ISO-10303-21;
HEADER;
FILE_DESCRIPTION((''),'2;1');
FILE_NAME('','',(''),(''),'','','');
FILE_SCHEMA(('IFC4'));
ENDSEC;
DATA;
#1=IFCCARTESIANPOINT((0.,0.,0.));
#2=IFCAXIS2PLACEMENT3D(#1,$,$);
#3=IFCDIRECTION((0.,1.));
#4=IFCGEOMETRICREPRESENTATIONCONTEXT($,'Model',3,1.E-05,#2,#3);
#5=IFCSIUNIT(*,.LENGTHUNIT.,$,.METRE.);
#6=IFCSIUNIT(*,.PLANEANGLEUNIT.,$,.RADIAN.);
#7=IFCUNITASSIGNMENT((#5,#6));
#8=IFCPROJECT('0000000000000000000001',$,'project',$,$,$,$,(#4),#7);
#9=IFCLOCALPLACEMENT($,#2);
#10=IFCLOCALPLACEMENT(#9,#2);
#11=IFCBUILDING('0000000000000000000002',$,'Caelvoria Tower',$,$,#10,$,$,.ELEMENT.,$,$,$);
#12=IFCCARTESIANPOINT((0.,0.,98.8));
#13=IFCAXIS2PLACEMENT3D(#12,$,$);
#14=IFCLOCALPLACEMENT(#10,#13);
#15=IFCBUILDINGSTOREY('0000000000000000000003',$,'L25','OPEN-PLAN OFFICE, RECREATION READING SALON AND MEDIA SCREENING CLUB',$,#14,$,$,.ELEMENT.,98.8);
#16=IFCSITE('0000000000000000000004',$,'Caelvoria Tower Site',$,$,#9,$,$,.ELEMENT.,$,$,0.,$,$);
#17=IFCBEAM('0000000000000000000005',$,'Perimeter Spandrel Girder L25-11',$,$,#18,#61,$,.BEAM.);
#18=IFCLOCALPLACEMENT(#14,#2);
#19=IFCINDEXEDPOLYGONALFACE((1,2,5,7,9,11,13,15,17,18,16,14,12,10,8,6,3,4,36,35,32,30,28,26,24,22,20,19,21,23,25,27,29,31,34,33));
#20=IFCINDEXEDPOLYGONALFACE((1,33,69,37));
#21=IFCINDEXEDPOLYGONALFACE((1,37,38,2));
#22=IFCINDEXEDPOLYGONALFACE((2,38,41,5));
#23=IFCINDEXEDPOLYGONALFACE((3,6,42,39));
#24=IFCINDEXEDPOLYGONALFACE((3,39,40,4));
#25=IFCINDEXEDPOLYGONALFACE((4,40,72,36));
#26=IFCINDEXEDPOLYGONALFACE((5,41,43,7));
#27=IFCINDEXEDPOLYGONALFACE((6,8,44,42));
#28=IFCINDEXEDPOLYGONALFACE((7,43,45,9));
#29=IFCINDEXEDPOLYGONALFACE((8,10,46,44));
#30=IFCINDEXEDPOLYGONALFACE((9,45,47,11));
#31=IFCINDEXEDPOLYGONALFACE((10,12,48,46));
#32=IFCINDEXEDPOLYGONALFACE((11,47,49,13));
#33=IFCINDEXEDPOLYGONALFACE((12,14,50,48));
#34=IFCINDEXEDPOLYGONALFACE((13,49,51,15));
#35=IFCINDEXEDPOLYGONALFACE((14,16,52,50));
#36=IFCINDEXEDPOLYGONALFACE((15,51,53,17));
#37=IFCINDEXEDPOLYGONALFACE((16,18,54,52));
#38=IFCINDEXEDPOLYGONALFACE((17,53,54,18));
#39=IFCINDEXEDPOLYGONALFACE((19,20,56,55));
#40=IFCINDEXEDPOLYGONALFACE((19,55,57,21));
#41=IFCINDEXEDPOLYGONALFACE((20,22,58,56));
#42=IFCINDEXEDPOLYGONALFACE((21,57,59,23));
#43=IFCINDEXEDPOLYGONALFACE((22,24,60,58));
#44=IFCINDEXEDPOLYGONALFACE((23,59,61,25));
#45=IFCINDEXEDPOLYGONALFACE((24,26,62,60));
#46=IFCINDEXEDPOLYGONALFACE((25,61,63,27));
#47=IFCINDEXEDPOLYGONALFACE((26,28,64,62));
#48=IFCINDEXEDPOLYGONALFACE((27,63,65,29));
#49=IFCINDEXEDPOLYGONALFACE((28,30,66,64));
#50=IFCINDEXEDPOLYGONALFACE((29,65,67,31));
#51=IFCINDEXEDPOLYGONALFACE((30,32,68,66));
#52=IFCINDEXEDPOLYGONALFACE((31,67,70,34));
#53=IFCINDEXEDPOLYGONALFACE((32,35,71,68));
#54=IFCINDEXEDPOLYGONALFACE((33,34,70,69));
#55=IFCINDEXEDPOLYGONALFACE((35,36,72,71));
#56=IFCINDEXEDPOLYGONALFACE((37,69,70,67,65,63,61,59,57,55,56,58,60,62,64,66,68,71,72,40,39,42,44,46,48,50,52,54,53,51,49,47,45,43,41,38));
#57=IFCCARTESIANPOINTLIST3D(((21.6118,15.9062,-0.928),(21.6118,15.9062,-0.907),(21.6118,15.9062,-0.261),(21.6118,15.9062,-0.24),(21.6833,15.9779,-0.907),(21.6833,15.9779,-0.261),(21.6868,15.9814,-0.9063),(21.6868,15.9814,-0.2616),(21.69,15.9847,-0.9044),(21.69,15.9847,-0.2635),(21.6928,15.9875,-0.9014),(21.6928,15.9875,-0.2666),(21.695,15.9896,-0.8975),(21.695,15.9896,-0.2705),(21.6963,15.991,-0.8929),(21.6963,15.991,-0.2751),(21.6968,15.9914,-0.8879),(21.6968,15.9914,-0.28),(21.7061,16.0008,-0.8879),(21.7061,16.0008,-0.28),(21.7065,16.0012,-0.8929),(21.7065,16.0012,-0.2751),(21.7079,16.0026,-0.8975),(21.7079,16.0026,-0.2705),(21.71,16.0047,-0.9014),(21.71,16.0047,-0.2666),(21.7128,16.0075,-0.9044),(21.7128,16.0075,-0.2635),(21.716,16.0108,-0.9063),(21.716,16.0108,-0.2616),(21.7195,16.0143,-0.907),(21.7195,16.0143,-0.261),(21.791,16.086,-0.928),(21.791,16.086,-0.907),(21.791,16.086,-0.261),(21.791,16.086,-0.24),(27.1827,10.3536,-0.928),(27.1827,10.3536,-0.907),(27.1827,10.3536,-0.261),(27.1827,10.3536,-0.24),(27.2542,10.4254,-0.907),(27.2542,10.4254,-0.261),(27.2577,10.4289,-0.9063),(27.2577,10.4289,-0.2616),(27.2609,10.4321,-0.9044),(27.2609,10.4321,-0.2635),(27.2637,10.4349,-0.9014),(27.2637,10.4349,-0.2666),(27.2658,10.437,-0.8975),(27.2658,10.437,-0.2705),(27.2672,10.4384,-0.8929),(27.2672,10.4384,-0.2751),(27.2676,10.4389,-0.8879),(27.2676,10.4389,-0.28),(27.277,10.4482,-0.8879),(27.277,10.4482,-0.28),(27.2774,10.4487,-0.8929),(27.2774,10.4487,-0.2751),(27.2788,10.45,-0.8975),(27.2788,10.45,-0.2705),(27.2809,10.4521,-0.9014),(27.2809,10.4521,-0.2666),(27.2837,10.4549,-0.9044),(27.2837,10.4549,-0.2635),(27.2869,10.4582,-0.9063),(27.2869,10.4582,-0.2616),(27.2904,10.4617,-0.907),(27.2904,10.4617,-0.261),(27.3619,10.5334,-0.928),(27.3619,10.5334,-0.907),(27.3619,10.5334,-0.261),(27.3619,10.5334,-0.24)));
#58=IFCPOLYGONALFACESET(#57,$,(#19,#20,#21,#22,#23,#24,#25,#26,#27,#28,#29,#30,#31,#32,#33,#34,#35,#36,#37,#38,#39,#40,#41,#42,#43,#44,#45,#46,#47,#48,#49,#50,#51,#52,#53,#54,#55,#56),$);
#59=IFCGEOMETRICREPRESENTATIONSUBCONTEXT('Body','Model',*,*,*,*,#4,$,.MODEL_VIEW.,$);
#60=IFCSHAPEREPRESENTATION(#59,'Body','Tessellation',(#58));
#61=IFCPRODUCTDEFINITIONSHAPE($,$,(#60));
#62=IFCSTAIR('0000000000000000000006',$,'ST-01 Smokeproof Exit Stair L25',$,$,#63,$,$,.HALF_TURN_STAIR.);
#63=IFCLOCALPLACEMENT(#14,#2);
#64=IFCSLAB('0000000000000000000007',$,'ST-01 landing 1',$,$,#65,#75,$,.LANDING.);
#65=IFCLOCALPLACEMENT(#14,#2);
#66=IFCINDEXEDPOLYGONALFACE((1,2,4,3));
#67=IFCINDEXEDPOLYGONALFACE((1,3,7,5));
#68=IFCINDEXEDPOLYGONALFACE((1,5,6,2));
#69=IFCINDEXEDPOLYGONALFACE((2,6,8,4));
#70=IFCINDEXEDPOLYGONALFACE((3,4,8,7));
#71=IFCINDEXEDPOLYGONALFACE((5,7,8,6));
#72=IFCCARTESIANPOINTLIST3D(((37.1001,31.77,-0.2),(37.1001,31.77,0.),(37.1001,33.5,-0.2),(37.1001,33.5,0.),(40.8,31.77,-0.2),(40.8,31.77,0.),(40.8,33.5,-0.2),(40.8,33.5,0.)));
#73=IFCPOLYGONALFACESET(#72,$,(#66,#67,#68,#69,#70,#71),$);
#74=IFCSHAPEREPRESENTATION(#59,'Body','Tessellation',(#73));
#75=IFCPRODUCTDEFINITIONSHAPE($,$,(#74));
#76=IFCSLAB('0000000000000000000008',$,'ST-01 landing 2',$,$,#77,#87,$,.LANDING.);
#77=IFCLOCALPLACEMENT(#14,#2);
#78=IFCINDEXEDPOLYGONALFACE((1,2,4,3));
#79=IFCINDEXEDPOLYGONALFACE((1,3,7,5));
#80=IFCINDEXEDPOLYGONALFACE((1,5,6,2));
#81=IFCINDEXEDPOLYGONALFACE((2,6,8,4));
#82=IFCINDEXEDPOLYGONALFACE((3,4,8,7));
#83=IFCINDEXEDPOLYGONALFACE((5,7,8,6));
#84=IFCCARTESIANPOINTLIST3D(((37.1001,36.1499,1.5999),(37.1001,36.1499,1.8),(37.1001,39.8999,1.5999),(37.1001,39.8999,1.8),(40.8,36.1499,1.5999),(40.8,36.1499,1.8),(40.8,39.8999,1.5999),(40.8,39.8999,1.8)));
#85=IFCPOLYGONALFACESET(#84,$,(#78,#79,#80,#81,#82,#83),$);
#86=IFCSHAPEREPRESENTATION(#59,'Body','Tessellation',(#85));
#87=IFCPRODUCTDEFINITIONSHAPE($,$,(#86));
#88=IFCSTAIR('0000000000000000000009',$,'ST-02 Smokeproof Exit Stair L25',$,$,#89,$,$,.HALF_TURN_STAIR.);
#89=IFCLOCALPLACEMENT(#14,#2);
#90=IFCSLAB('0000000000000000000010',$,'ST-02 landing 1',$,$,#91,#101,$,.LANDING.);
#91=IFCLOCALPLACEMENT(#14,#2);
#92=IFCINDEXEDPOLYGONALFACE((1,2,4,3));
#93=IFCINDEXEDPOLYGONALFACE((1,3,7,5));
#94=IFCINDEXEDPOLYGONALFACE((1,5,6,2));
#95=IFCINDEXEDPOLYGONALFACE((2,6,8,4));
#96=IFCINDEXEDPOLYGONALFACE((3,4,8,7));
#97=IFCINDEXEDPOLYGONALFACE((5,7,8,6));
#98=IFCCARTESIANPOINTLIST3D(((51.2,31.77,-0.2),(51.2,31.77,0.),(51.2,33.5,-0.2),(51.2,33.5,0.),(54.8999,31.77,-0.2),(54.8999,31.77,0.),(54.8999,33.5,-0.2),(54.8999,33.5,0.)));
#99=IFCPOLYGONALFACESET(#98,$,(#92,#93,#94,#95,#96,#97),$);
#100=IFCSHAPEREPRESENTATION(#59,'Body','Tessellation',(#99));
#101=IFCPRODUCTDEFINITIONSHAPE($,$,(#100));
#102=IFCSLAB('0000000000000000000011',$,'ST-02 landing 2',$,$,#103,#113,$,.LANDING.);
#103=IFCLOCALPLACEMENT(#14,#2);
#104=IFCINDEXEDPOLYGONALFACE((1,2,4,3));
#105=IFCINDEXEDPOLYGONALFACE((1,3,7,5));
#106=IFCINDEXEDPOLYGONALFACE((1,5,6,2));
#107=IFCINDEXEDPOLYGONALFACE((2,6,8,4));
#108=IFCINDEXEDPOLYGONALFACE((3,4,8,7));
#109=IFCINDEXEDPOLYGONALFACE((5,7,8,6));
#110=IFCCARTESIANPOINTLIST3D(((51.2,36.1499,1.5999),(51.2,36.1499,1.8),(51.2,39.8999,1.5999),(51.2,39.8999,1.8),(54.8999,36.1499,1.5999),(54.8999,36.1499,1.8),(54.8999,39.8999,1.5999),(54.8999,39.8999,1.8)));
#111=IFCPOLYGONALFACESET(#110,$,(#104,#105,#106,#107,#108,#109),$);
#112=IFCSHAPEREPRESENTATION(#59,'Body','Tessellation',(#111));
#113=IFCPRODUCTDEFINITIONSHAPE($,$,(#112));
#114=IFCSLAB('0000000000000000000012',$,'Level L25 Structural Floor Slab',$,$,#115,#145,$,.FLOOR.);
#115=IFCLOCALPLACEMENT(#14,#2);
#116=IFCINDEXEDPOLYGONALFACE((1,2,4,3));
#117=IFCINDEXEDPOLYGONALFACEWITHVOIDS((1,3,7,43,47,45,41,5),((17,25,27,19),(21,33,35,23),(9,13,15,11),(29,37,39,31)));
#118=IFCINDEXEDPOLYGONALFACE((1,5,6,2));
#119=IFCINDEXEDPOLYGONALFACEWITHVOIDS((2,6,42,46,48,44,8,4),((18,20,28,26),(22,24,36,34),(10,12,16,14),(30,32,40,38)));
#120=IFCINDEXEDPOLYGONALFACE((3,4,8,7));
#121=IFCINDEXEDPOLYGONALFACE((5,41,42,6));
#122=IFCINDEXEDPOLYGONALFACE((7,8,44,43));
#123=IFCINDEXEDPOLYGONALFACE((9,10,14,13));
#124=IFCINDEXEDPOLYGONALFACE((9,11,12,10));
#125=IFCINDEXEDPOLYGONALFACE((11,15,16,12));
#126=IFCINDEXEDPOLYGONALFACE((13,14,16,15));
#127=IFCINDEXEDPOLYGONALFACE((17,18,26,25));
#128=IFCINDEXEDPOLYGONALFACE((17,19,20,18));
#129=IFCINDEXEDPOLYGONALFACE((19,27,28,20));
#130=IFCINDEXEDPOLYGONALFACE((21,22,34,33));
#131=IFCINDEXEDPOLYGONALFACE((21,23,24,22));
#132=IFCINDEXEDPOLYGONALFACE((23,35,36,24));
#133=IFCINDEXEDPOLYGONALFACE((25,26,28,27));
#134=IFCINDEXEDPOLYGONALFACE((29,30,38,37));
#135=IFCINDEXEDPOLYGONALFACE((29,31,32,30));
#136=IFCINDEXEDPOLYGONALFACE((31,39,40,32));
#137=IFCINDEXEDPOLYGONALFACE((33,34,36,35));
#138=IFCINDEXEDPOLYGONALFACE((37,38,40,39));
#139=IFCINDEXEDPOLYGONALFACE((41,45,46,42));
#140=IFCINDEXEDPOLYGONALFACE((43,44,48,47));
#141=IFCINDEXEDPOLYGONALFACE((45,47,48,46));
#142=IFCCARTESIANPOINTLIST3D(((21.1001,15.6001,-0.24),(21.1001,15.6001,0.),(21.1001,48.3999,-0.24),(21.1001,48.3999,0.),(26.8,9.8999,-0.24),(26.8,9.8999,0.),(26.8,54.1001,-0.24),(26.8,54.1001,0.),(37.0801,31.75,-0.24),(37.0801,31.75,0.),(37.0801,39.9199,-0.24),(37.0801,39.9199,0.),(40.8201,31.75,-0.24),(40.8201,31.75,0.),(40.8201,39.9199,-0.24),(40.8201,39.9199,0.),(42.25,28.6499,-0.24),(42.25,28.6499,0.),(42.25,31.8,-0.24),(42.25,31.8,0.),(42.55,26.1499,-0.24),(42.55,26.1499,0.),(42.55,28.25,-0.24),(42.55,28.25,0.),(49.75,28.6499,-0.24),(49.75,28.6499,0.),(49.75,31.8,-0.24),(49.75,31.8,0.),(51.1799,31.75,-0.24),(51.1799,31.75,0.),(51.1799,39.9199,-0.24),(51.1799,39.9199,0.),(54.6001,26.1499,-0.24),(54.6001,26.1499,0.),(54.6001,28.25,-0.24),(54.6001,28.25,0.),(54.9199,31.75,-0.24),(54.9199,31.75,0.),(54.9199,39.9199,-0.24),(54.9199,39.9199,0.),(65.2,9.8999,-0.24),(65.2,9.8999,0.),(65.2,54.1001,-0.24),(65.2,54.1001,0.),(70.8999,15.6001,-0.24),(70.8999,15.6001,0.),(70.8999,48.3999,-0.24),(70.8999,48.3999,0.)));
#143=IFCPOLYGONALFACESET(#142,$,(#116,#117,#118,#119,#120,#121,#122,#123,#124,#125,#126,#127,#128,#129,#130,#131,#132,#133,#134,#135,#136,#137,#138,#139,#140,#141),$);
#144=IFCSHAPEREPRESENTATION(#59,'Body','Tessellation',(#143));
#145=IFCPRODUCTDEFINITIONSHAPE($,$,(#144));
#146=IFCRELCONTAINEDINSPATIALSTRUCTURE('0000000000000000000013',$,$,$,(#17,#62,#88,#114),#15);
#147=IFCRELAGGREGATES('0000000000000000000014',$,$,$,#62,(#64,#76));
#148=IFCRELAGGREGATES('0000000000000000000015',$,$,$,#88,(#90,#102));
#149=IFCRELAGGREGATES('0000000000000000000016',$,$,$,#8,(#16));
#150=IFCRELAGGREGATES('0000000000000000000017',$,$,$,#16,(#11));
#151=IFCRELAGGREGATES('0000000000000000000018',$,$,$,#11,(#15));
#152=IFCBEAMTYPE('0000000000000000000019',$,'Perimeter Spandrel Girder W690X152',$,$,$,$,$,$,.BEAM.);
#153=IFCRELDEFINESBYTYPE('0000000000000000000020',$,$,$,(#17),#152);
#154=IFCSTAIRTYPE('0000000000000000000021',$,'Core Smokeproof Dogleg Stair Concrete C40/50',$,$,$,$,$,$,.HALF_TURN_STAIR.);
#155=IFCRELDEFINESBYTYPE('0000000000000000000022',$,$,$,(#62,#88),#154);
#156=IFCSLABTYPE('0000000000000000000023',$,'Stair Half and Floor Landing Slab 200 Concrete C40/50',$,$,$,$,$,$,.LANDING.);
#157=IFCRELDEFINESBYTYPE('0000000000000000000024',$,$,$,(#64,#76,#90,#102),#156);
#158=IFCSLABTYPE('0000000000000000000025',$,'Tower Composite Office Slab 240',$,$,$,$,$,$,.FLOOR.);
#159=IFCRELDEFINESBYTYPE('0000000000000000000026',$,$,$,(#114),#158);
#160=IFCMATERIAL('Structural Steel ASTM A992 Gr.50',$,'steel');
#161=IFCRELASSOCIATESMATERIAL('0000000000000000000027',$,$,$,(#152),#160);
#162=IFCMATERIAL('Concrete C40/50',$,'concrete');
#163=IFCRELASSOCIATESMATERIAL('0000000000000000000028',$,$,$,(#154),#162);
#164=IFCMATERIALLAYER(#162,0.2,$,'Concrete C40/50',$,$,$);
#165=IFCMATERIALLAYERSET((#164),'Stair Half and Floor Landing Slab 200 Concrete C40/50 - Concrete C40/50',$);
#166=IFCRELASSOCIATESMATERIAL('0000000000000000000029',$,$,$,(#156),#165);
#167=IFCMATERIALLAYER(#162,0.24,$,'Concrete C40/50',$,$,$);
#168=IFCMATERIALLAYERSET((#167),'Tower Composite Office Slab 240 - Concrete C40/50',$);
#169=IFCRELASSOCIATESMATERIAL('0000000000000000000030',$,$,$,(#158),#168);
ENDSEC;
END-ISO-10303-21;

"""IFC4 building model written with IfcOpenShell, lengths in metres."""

from ifc_helpers import new_model, si_unit, direction, frame, origin, origin_2d, place, context, subcontext, project, spatial, polyline, i_section, outline, extrude, material, layer, layer_set, material_profile, profile_set, type_object, element, aggregate, save


model = new_model("IFC4")

# Units and contexts
model_context = context("Model", 3, precision=1e-05, world=origin(), true_north=direction((0.0, 1.0)))
body_context = subcontext(model_context, "Body", "Model", "MODEL_VIEW")
ifc_project = project(units=[si_unit("LENGTHUNIT", "METRE"), si_unit("PLANEANGLEUNIT", "RADIAN")], contexts=[model_context])

# Site, building, storey
site_placement = place(None, origin())
site = spatial("IfcSite", under=ifc_project, at=site_placement, Name="Caelvoria Tower Site", CompositionType="ELEMENT", RefElevation=0.0)
building_placement = place(site_placement, origin())
building = spatial("IfcBuilding", under=site, at=building_placement, Name="Caelvoria Tower", CompositionType="ELEMENT")
storey_placement = place(building_placement, frame((0.0, 0.0, 98.8)))
storey = spatial("IfcBuildingStorey", under=building, at=storey_placement, Name="L25", Description="OPEN-PLAN OFFICE, RECREATION READING SALON AND MEDIA SCREENING CLUB", CompositionType="ELEMENT", Elevation=98.8)

# Beam
ifc_material_1 = material(Name="Structural Steel ASTM A992 Gr.50", Category="steel")
ifc_material_profile_1 = material_profile(ifc_material_1, i_section(OverallWidth=0.2539, OverallDepth=0.688, WebThickness=0.0132, FlangeThickness=0.021, FilletRadius=0.019, at=origin_2d()), Name="Structural Steel ASTM A992 Gr.50")
ifc_profile_set_1 = profile_set([ifc_material_profile_1], Name="W690X152 - Structural Steel ASTM A992 Gr.50")
beam_type = type_object("IfcBeamType", Name="Perimeter Spandrel Girder W690X152", PredefinedType="BEAM", material=ifc_profile_set_1)
beam_1_placement = place(storey_placement, frame((21.7014, 15.9961, -0.584), z_axis=(0.70827, -0.705942, 0.0), x_axis=(0.705942, 0.70827, 0.0)))
element("IfcBeam", 1, at=beam_1_placement, inside=storey, type_object=beam_type, Name="Perimeter Spandrel Girder L25-11", PredefinedType="BEAM", context=body_context, shape_type="SweptSolid", body=[
    extrude(i_section(OverallWidth=0.2539, OverallDepth=0.688, WebThickness=0.0132, FlangeThickness=0.021, FilletRadius=0.019, at=origin_2d()), origin(), (0.0, 0.0, 1.0), 7.8655),
])

# Stairs, slabs
ifc_material_2 = material(Name="Concrete C40/50", Category="concrete")
stair_type = type_object("IfcStairType", Name="Core Smokeproof Dogleg Stair Concrete C40/50", PredefinedType="HALF_TURN_STAIR", material=ifc_material_2)
stair_1_placement = place(storey_placement, origin())
stair_1 = element("IfcStair", 2, at=stair_1_placement, inside=storey, type_object=stair_type, Name="ST-01 Smokeproof Exit Stair L25", PredefinedType="HALF_TURN_STAIR")
ifc_layer_1 = layer(ifc_material_2, 0.2, Name="Concrete C40/50")
ifc_layer_set_1 = layer_set([ifc_layer_1], Name="Stair Half and Floor Landing Slab 200 Concrete C40/50 - Concrete C40/50")
slab_type_1 = type_object("IfcSlabType", Name="Stair Half and Floor Landing Slab 200 Concrete C40/50", PredefinedType="LANDING", material=ifc_layer_set_1)
slab_1_placement = place(storey_placement, frame((0.0, 0.0, -0.2)))
slab_1 = element("IfcSlab", 3, at=slab_1_placement, type_object=slab_type_1, Name="ST-01 landing 1", PredefinedType="LANDING", context=body_context, shape_type="SweptSolid", body=[
    extrude(outline(polyline([(37.1001, 31.77), (40.8, 31.77), (40.8, 33.5), (37.1001, 33.5), (37.1001, 31.77)])), origin(), (0.0, 0.0, 1.0), 0.2),
])
slab_2_placement = place(storey_placement, frame((0.0, 0.0, 1.5999)))
slab_2 = element("IfcSlab", 4, at=slab_2_placement, type_object=slab_type_1, Name="ST-01 landing 2", PredefinedType="LANDING", context=body_context, shape_type="SweptSolid", body=[
    extrude(outline(polyline([(37.1001, 36.1499), (40.8, 36.1499), (40.8, 39.8999), (37.1001, 39.8999), (37.1001, 36.1499)])), origin(), (0.0, 0.0, 1.0), 0.2002),
])
aggregate(stair_1, [slab_1, slab_2])
stair_2_placement = place(storey_placement, origin())
stair_2 = element("IfcStair", 5, at=stair_2_placement, inside=storey, type_object=stair_type, Name="ST-02 Smokeproof Exit Stair L25", PredefinedType="HALF_TURN_STAIR")
slab_3_placement = place(storey_placement, frame((0.0, 0.0, -0.2)))
slab_3 = element("IfcSlab", 6, at=slab_3_placement, type_object=slab_type_1, Name="ST-02 landing 1", PredefinedType="LANDING", context=body_context, shape_type="SweptSolid", body=[
    extrude(outline(polyline([(51.2, 31.77), (54.8999, 31.77), (54.8999, 33.5), (51.2, 33.5), (51.2, 31.77)])), origin(), (0.0, 0.0, 1.0), 0.2),
])
slab_4_placement = place(storey_placement, frame((0.0, 0.0, 1.5999)))
slab_4 = element("IfcSlab", 7, at=slab_4_placement, type_object=slab_type_1, Name="ST-02 landing 2", PredefinedType="LANDING", context=body_context, shape_type="SweptSolid", body=[
    extrude(outline(polyline([(51.2, 36.1499), (54.8999, 36.1499), (54.8999, 39.8999), (51.2, 39.8999), (51.2, 36.1499)])), origin(), (0.0, 0.0, 1.0), 0.2002),
])
aggregate(stair_2, [slab_3, slab_4])

# Slab
ifc_layer_2 = layer(ifc_material_2, 0.24, Name="Concrete C40/50")
ifc_layer_set_2 = layer_set([ifc_layer_2], Name="Tower Composite Office Slab 240 - Concrete C40/50")
slab_type_2 = type_object("IfcSlabType", Name="Tower Composite Office Slab 240", PredefinedType="FLOOR", material=ifc_layer_set_2)
slab_5_placement = place(storey_placement, frame((0.0, 0.0, -0.24)))
element("IfcSlab", 8, at=slab_5_placement, inside=storey, type_object=slab_type_2, Name="Level L25 Structural Floor Slab", PredefinedType="FLOOR", context=body_context, shape_type="SweptSolid", body=[
    extrude(outline(polyline([(26.8, 9.8999), (65.2, 9.8999), (70.8999, 15.6001), (70.8999, 48.3999), (65.2, 54.1001), (26.8, 54.1001), (21.1001, 48.3999), (21.1001, 15.6001), (26.8, 9.8999)]), holes=[polyline([(37.0801, 31.75), (40.8201, 31.75), (40.8201, 39.9199), (37.0801, 39.9199), (37.0801, 31.75)]), polyline([(51.1799, 31.75), (54.9199, 31.75), (54.9199, 39.9199), (51.1799, 39.9199), (51.1799, 31.75)]), polyline([(42.25, 28.6499), (49.75, 28.6499), (49.75, 31.8), (42.25, 31.8), (42.25, 28.6499)]), polyline([(42.55, 26.1499), (54.6001, 26.1499), (54.6001, 28.25), (42.55, 28.25), (42.55, 26.1499)])]), origin(), (0.0, 0.0, 1.0), 0.24),
])

save(model, "model.ifc")
